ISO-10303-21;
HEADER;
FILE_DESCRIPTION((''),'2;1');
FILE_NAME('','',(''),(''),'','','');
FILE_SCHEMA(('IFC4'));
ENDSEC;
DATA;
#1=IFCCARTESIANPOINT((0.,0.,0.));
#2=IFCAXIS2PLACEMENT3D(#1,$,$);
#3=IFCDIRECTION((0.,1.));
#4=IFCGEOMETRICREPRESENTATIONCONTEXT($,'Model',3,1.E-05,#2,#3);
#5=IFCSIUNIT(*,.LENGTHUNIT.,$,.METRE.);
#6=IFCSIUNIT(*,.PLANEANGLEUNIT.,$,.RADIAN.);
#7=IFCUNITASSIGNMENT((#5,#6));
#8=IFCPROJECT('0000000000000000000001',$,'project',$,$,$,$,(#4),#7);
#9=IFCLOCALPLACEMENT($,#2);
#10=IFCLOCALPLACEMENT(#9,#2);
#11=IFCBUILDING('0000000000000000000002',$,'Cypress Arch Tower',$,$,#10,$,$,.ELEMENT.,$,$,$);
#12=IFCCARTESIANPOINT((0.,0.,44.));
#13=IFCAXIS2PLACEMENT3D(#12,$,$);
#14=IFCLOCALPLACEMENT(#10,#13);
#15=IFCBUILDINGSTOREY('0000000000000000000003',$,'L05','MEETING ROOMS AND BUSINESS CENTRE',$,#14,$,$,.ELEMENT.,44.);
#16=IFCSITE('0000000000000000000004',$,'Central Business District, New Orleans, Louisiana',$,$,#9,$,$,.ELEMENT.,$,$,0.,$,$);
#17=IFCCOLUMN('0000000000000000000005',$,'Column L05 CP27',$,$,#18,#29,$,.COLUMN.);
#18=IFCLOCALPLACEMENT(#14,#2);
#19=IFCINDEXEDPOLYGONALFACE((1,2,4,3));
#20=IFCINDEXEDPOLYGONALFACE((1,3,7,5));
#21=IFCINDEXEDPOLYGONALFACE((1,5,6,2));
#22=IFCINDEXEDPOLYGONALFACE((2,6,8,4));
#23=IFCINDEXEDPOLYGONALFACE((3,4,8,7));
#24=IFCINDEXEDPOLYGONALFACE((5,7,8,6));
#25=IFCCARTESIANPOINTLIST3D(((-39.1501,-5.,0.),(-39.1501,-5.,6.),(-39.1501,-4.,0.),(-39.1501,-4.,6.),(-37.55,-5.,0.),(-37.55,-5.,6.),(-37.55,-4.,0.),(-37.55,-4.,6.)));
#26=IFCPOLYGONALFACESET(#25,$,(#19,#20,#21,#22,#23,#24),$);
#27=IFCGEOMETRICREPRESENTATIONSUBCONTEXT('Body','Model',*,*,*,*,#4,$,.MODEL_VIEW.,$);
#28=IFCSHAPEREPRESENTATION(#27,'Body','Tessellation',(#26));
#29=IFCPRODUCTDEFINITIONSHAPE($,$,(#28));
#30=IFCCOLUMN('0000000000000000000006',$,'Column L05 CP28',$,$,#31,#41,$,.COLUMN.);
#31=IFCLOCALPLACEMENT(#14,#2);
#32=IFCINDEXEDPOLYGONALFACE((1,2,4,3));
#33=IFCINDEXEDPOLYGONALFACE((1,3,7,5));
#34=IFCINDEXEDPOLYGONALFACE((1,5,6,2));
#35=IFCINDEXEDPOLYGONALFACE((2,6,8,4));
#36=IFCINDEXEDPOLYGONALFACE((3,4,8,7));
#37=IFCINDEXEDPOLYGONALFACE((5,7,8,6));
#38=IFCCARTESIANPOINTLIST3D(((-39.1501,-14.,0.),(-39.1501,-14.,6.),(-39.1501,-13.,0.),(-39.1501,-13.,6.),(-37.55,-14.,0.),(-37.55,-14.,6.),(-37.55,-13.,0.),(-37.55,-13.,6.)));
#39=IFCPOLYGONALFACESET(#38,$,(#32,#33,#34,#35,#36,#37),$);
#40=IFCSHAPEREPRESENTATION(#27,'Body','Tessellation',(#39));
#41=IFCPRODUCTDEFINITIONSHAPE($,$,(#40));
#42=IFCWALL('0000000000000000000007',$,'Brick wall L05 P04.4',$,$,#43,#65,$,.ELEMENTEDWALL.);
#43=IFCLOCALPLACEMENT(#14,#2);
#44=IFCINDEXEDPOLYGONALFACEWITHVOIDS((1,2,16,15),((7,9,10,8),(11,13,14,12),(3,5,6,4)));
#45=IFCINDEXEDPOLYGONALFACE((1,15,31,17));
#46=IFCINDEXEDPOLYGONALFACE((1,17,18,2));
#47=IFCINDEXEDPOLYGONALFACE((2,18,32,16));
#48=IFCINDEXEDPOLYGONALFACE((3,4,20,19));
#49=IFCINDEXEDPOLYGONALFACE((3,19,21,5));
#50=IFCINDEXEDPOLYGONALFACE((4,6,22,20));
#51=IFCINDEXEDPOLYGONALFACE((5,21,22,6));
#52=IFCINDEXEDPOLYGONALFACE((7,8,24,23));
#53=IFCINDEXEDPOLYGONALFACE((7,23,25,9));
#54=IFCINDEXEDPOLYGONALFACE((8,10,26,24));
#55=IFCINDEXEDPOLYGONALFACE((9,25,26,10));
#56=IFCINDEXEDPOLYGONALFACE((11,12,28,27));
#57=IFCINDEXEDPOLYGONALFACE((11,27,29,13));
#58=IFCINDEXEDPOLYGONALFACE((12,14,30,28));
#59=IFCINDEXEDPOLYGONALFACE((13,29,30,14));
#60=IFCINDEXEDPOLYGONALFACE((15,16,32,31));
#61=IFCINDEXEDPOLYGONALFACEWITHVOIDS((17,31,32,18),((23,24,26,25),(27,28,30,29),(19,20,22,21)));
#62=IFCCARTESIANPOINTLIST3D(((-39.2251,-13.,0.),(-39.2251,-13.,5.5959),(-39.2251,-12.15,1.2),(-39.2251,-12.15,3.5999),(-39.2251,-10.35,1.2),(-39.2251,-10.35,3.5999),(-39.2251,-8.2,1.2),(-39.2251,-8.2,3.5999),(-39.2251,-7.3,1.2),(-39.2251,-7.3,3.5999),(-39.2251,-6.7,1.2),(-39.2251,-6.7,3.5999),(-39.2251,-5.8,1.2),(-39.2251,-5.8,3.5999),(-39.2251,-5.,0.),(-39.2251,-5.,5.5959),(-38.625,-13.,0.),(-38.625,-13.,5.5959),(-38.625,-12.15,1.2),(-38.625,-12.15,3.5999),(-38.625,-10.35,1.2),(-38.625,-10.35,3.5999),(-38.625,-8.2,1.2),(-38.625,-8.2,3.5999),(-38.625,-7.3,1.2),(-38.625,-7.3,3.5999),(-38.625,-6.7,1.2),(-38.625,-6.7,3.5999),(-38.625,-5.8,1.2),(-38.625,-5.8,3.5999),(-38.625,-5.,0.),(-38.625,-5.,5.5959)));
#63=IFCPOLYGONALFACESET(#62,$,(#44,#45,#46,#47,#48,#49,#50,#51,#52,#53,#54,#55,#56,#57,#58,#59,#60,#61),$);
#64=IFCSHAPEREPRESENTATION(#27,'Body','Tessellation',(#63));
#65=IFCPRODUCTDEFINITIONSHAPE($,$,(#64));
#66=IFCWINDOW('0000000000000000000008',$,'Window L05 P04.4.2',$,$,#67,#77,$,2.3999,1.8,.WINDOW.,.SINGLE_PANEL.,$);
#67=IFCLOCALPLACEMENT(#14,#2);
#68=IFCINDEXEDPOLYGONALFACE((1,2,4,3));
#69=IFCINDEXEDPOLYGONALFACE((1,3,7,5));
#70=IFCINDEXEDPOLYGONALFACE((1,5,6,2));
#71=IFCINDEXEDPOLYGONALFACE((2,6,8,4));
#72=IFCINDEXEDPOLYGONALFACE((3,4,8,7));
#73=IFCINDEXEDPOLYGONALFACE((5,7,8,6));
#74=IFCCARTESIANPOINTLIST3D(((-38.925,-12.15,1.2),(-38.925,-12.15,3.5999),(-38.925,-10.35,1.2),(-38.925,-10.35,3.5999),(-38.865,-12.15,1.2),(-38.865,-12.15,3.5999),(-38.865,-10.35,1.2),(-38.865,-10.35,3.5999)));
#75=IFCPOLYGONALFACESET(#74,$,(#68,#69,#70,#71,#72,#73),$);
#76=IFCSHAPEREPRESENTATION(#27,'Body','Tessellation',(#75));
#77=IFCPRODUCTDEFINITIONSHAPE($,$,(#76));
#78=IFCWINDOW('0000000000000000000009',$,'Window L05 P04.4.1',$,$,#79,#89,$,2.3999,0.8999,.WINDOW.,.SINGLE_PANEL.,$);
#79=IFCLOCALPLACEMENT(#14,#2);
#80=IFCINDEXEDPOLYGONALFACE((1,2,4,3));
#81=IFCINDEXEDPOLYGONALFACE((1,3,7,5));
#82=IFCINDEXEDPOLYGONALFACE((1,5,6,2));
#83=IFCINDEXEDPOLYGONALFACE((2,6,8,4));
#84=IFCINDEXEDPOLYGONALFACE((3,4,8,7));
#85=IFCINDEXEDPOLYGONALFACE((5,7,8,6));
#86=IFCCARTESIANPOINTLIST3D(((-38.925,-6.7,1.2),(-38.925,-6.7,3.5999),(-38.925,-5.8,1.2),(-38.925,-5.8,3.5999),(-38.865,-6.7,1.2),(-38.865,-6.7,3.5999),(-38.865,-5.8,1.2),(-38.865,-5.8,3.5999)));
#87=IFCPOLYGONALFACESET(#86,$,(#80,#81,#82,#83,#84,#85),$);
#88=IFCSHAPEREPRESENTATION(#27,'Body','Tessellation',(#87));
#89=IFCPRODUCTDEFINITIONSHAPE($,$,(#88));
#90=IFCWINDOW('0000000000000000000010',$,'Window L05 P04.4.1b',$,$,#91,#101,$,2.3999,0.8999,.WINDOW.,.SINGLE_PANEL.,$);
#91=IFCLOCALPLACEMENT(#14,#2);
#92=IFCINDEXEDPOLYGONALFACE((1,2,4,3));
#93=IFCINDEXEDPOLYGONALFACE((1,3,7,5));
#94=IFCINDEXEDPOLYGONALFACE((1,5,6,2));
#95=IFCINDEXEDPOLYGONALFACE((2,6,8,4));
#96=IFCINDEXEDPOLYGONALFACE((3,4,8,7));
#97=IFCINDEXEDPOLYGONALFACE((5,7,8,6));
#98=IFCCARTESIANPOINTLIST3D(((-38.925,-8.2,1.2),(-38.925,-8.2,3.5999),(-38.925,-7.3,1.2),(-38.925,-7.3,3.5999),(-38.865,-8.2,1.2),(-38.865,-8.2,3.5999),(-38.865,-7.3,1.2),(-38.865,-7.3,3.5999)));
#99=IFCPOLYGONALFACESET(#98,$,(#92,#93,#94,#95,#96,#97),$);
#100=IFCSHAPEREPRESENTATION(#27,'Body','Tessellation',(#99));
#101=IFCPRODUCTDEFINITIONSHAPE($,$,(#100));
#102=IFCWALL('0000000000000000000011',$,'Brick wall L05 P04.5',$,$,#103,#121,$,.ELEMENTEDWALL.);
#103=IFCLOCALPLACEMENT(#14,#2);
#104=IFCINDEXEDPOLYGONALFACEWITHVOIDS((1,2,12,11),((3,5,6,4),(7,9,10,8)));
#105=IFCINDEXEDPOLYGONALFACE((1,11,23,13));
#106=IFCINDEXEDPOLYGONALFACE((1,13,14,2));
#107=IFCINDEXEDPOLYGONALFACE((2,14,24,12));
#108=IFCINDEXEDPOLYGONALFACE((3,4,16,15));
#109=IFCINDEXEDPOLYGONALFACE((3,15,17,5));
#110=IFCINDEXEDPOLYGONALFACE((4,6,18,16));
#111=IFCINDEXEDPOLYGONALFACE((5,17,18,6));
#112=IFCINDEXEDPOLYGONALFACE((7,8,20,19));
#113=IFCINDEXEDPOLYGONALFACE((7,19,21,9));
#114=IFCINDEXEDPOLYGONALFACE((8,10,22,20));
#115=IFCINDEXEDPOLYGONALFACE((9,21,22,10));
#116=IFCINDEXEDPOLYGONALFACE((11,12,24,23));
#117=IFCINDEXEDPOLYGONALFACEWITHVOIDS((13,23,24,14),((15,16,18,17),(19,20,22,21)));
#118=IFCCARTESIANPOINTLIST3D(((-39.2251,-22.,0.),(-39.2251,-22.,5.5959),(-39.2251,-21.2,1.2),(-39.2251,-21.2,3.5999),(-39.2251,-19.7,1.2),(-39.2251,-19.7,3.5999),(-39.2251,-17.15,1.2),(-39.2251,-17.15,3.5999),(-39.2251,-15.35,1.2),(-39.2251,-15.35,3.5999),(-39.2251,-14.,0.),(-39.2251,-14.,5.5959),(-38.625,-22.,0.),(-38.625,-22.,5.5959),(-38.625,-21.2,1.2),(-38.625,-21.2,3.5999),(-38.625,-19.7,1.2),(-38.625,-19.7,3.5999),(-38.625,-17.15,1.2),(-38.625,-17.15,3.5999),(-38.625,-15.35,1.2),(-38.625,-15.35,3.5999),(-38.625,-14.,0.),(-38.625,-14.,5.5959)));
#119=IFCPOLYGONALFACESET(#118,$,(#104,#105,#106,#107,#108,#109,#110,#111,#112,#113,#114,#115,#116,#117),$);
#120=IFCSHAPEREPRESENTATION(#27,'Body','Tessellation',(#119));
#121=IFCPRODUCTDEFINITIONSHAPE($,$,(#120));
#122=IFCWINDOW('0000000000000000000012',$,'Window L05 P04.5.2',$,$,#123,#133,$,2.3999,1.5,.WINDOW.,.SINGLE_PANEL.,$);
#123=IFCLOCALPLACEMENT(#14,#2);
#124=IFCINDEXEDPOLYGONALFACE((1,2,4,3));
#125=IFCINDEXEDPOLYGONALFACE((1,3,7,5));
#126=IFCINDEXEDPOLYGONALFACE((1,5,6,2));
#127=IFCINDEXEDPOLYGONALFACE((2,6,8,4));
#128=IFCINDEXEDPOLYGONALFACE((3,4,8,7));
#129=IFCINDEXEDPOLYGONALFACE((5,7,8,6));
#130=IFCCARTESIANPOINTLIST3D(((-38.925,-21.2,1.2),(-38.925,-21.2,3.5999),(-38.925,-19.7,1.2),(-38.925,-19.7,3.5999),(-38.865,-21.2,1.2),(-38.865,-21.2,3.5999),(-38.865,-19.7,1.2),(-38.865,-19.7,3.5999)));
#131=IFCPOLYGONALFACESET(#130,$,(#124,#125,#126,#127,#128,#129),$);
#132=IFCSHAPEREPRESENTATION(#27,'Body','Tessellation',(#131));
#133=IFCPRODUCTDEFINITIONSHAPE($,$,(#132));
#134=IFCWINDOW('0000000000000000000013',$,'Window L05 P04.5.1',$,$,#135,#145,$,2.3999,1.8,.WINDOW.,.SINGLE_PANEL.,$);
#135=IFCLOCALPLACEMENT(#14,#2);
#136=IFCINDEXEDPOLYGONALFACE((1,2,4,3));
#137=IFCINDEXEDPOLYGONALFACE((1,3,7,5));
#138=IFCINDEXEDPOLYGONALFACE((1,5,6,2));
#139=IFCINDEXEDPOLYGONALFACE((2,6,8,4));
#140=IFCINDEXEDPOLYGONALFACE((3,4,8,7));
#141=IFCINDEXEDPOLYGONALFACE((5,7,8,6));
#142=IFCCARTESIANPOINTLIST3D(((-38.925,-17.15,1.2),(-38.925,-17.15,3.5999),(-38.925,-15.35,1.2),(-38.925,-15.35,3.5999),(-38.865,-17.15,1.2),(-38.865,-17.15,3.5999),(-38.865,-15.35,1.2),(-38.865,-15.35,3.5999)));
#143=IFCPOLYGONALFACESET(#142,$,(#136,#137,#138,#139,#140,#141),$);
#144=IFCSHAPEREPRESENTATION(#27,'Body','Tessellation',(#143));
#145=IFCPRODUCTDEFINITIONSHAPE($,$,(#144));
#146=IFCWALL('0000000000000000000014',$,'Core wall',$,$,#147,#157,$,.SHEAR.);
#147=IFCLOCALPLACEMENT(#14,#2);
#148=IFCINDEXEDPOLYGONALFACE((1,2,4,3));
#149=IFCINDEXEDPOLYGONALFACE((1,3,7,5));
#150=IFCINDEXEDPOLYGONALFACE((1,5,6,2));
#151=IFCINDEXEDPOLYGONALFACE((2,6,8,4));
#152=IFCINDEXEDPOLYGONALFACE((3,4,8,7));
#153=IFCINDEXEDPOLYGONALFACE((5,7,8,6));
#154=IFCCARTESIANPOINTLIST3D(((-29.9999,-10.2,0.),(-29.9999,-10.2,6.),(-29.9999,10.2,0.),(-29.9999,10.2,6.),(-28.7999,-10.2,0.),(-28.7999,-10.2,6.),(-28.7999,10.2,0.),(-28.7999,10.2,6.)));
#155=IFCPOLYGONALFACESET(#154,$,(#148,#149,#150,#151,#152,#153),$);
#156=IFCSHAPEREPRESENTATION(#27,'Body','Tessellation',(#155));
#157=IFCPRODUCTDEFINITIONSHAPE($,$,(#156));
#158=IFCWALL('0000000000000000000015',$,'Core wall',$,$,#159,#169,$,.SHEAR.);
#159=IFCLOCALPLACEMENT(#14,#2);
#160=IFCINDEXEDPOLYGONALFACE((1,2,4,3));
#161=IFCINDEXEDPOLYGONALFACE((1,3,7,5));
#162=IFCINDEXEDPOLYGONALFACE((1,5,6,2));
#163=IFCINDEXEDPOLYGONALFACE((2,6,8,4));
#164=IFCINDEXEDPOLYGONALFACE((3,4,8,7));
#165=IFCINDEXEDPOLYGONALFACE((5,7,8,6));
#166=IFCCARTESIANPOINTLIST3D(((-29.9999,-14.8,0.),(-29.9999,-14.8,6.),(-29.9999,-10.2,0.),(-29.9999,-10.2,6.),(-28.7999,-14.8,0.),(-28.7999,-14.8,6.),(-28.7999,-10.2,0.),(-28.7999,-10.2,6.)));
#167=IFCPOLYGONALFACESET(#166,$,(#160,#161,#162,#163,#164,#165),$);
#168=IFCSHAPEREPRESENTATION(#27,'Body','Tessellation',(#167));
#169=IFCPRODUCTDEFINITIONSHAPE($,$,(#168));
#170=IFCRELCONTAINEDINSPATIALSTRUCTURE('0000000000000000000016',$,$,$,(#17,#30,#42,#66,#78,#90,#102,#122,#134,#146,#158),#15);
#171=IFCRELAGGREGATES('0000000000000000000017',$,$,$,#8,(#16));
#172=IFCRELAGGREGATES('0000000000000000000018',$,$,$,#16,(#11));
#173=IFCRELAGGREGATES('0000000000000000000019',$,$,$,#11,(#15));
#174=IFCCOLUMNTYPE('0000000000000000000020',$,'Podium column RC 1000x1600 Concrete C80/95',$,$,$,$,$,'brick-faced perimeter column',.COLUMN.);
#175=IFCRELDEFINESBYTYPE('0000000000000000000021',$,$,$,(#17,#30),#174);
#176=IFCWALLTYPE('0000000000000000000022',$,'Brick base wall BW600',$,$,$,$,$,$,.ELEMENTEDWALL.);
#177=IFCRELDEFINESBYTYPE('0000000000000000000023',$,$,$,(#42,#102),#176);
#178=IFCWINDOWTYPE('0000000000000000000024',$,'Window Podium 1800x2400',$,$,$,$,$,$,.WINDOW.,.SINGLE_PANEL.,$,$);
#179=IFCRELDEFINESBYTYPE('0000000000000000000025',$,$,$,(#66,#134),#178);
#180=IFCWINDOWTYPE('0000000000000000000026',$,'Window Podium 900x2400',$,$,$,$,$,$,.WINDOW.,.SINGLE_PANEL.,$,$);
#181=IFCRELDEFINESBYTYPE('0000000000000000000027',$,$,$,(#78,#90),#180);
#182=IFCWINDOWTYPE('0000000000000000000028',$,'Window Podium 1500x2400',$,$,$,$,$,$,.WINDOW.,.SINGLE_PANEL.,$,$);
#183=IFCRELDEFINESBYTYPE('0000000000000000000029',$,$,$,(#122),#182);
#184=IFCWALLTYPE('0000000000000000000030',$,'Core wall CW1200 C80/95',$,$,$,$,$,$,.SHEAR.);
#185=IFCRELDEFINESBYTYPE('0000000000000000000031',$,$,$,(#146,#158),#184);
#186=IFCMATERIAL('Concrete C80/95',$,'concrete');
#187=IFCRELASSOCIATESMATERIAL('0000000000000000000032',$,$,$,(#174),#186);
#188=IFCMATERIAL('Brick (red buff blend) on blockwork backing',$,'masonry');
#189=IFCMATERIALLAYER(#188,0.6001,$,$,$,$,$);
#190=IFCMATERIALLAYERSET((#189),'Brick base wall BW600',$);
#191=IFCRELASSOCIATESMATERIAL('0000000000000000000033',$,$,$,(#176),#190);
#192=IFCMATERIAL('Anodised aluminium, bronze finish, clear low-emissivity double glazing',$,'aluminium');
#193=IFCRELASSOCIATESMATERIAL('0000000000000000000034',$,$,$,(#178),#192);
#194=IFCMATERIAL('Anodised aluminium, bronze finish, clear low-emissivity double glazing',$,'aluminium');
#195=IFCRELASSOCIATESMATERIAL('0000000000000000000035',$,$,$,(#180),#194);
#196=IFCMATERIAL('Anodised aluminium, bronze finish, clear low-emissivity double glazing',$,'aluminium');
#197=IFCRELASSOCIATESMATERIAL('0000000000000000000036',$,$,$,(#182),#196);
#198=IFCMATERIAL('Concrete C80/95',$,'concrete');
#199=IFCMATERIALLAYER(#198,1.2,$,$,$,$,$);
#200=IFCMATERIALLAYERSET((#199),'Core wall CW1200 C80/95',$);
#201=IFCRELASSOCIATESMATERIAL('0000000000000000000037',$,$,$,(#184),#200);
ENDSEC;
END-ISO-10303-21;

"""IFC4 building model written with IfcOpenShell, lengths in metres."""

from ifc_helpers import new_model, si_unit, direction, frame, frame_2d, origin, origin_2d, place, context, subcontext, project, spatial, rectangle, extrude, material, layer, layer_set, material_profile, profile_set, type_object, element, fill, save


model = new_model("IFC4")

# Units and contexts
model_context = context("Model", 3, precision=1e-05, world=origin(), true_north=direction((0.0, 1.0)))
body_context = subcontext(model_context, "Body", "Model", "MODEL_VIEW")
ifc_project = project(units=[si_unit("LENGTHUNIT", "METRE"), si_unit("PLANEANGLEUNIT", "RADIAN")], contexts=[model_context])

# Site, building, storey
site_placement = place(None, origin())
site = spatial("IfcSite", under=ifc_project, at=site_placement, Name="Central Business District, New Orleans, Louisiana", CompositionType="ELEMENT", RefElevation=0.0)
building_placement = place(site_placement, origin())
building = spatial("IfcBuilding", under=site, at=building_placement, Name="Cypress Arch Tower", CompositionType="ELEMENT")
storey_placement = place(building_placement, frame((0.0, 0.0, 44.0)))
storey = spatial("IfcBuildingStorey", under=building, at=storey_placement, Name="L05", Description="MEETING ROOMS AND BUSINESS CENTRE", CompositionType="ELEMENT", Elevation=44.0)

# Columns
ifc_material_1 = material(Name="Concrete C80/95", Category="concrete")
ifc_material_profile = material_profile(ifc_material_1, rectangle(XDim=1.0, YDim=1.6001, at=origin_2d()), Name="RC 1000x1600")
ifc_profile_set = profile_set([ifc_material_profile], Name="Concrete C80/95")
column_type = type_object("IfcColumnType", Name="Podium column RC 1000x1600 Concrete C80/95", ElementType="brick-faced perimeter column", PredefinedType="COLUMN", material=ifc_profile_set)
for number, where, z_axis, x_axis, name in (
    (1, (-38.3501, -4.5, 0.0), (0.0, 0.0, 1.0), (0.0, -1.0, 0.0), "Column L05 CP27"),
    (2, (-38.3501, -13.5, 0.0), (0.0, 0.0, 1.0), (0.0, -1.0, 0.0), "Column L05 CP28"),
):
    element("IfcColumn", number, at=place(storey_placement, frame(where, z_axis=z_axis, x_axis=x_axis)), inside=storey, type_object=column_type, Name=name, PredefinedType="COLUMN", context=body_context, shape_type="SweptSolid", body=[
        extrude(rectangle(XDim=1.0, YDim=1.6001, at=origin_2d()), origin(), (0.0, 0.0, 1.0), 6.0),
    ])

# Walls, openings, windows
ifc_material_2 = material(Name="Brick (red buff blend) on blockwork backing", Category="masonry")
ifc_layer_1 = layer(ifc_material_2, 0.6001)
ifc_layer_set_1 = layer_set([ifc_layer_1], Name="Brick base wall BW600")
wall_type_1 = type_object("IfcWallType", Name="Brick base wall BW600", PredefinedType="ELEMENTEDWALL", material=ifc_layer_set_1)
wall_1_placement = place(storey_placement, frame((-38.925, -5.0, 0.0), z_axis=(0.0, 0.0, 1.0), x_axis=(0.0, -1.0, 0.0)))
wall_1 = element("IfcWall", 3, at=wall_1_placement, inside=storey, type_object=wall_type_1, Name="Brick wall L05 P04.4", PredefinedType="ELEMENTEDWALL", context=body_context, shape_type="SweptSolid", body=[
    extrude(rectangle(XDim=8.0, YDim=0.6001, at=frame_2d((4.0, 0.0))), origin(), (0.0, 0.0, 1.0), 5.5959),
])
opening_1_placement = place(wall_1_placement, frame((0.8, 0.0, 1.2)))
opening_1 = element("IfcOpeningElement", 4, at=opening_1_placement, cuts=wall_1, PredefinedType="OPENING", context=body_context, shape_type="SweptSolid", body=[
    extrude(rectangle(XDim=0.8999, YDim=2.3999, at=frame_2d((0.45, 1.2))), frame((0.0, 0.3101, 0.0), z_axis=(0.0, -1.0, 0.0), x_axis=(1.0, 0.0, 0.0)), (0.0, 0.0, 1.0), 0.6201),
])
opening_2_placement = place(wall_1_placement, frame((2.3, 0.0, 1.2)))
opening_2 = element("IfcOpeningElement", 5, at=opening_2_placement, cuts=wall_1, PredefinedType="OPENING", context=body_context, shape_type="SweptSolid", body=[
    extrude(rectangle(XDim=0.8999, YDim=2.3999, at=frame_2d((0.45, 1.2))), frame((0.0, 0.3101, 0.0), z_axis=(0.0, -1.0, 0.0), x_axis=(1.0, 0.0, 0.0)), (0.0, 0.0, 1.0), 0.6201),
])
opening_3_placement = place(wall_1_placement, frame((5.3501, 0.0, 1.2)))
opening_3 = element("IfcOpeningElement", 6, at=opening_3_placement, cuts=wall_1, PredefinedType="OPENING", context=body_context, shape_type="SweptSolid", body=[
    extrude(rectangle(XDim=1.8, YDim=2.3999, at=frame_2d((0.8999, 1.2))), frame((0.0, 0.3101, 0.0), z_axis=(0.0, -1.0, 0.0), x_axis=(1.0, 0.0, 0.0)), (0.0, 0.0, 1.0), 0.6201),
])
ifc_material_3 = material(Name="Anodised aluminium, bronze finish, clear low-emissivity double glazing", Category="aluminium")
window_type_1 = type_object("IfcWindowType", Name="Window Podium 1800x2400", PartitioningType="SINGLE_PANEL", PredefinedType="WINDOW", material=ifc_material_3)
window_1_placement = place(opening_3_placement, origin())
window_1 = element("IfcWindow", 7, at=window_1_placement, inside=storey, type_object=window_type_1, Name="Window L05 P04.4.2", OverallHeight=2.3999, OverallWidth=1.8, PartitioningType="SINGLE_PANEL", PredefinedType="WINDOW", context=body_context, shape_type="SweptSolid", body=[
    extrude(rectangle(XDim=1.8, YDim=2.3999, at=frame_2d((0.8999, 1.2))), frame((0.0, 0.0601, 0.0), z_axis=(0.0, -1.0, 0.0), x_axis=(1.0, 0.0, 0.0)), (0.0, 0.0, 1.0), 0.0601),
])
fill(opening_3, window_1)
ifc_material_4 = material(Name="Anodised aluminium, bronze finish, clear low-emissivity double glazing", Category="aluminium")
window_type_2 = type_object("IfcWindowType", Name="Window Podium 900x2400", PartitioningType="SINGLE_PANEL", PredefinedType="WINDOW", material=ifc_material_4)
window_2_placement = place(opening_1_placement, origin())
window_2 = element("IfcWindow", 8, at=window_2_placement, inside=storey, type_object=window_type_2, Name="Window L05 P04.4.1", OverallHeight=2.3999, OverallWidth=0.8999, PartitioningType="SINGLE_PANEL", PredefinedType="WINDOW", context=body_context, shape_type="SweptSolid", body=[
    extrude(rectangle(XDim=0.8999, YDim=2.3999, at=frame_2d((0.45, 1.2))), frame((0.0, 0.0601, 0.0), z_axis=(0.0, -1.0, 0.0), x_axis=(1.0, 0.0, 0.0)), (0.0, 0.0, 1.0), 0.0601),
])
fill(opening_1, window_2)
window_3_placement = place(opening_2_placement, origin())
window_3 = element("IfcWindow", 9, at=window_3_placement, inside=storey, type_object=window_type_2, Name="Window L05 P04.4.1b", OverallHeight=2.3999, OverallWidth=0.8999, PartitioningType="SINGLE_PANEL", PredefinedType="WINDOW", context=body_context, shape_type="SweptSolid", body=[
    extrude(rectangle(XDim=0.8999, YDim=2.3999, at=frame_2d((0.45, 1.2))), frame((0.0, 0.0601, 0.0), z_axis=(0.0, -1.0, 0.0), x_axis=(1.0, 0.0, 0.0)), (0.0, 0.0, 1.0), 0.0601),
])
fill(opening_2, window_3)
wall_2_placement = place(storey_placement, frame((-38.925, -14.0, 0.0), z_axis=(0.0, 0.0, 1.0), x_axis=(0.0, -1.0, 0.0)))
wall_2 = element("IfcWall", 10, at=wall_2_placement, inside=storey, type_object=wall_type_1, Name="Brick wall L05 P04.5", PredefinedType="ELEMENTEDWALL", context=body_context, shape_type="SweptSolid", body=[
    extrude(rectangle(XDim=8.0, YDim=0.6001, at=frame_2d((4.0, 0.0))), origin(), (0.0, 0.0, 1.0), 5.5959),
])
opening_4_placement = place(wall_2_placement, frame((1.3501, 0.0, 1.2)))
opening_4 = element("IfcOpeningElement", 11, at=opening_4_placement, cuts=wall_2, PredefinedType="OPENING", context=body_context, shape_type="SweptSolid", body=[
    extrude(rectangle(XDim=1.8, YDim=2.3999, at=frame_2d((0.8999, 1.2))), frame((0.0, 0.3101, 0.0), z_axis=(0.0, -1.0, 0.0), x_axis=(1.0, 0.0, 0.0)), (0.0, 0.0, 1.0), 0.6201),
])
opening_5_placement = place(wall_2_placement, frame((5.7, 0.0, 1.2)))
opening_5 = element("IfcOpeningElement", 12, at=opening_5_placement, cuts=wall_2, PredefinedType="OPENING", context=body_context, shape_type="SweptSolid", body=[
    extrude(rectangle(XDim=1.5, YDim=2.3999, at=frame_2d((0.75, 1.2))), frame((0.0, 0.3101, 0.0), z_axis=(0.0, -1.0, 0.0), x_axis=(1.0, 0.0, 0.0)), (0.0, 0.0, 1.0), 0.6201),
])
ifc_material_5 = material(Name="Anodised aluminium, bronze finish, clear low-emissivity double glazing", Category="aluminium")
window_type_3 = type_object("IfcWindowType", Name="Window Podium 1500x2400", PartitioningType="SINGLE_PANEL", PredefinedType="WINDOW", material=ifc_material_5)
window_4_placement = place(opening_5_placement, origin())
window_4 = element("IfcWindow", 13, at=window_4_placement, inside=storey, type_object=window_type_3, Name="Window L05 P04.5.2", OverallHeight=2.3999, OverallWidth=1.5, PartitioningType="SINGLE_PANEL", PredefinedType="WINDOW", context=body_context, shape_type="SweptSolid", body=[
    extrude(rectangle(XDim=1.5, YDim=2.3999, at=frame_2d((0.75, 1.2))), frame((0.0, 0.0601, 0.0), z_axis=(0.0, -1.0, 0.0), x_axis=(1.0, 0.0, 0.0)), (0.0, 0.0, 1.0), 0.0601),
])
fill(opening_5, window_4)
window_5_placement = place(opening_4_placement, origin())
window_5 = element("IfcWindow", 14, at=window_5_placement, inside=storey, type_object=window_type_1, Name="Window L05 P04.5.1", OverallHeight=2.3999, OverallWidth=1.8, PartitioningType="SINGLE_PANEL", PredefinedType="WINDOW", context=body_context, shape_type="SweptSolid", body=[
    extrude(rectangle(XDim=1.8, YDim=2.3999, at=frame_2d((0.8999, 1.2))), frame((0.0, 0.0601, 0.0), z_axis=(0.0, -1.0, 0.0), x_axis=(1.0, 0.0, 0.0)), (0.0, 0.0, 1.0), 0.0601),
])
fill(opening_4, window_5)

# Walls
ifc_material_6 = material(Name="Concrete C80/95", Category="concrete")
ifc_layer_2 = layer(ifc_material_6, 1.2)
ifc_layer_set_2 = layer_set([ifc_layer_2], Name="Core wall CW1200 C80/95")
wall_type_2 = type_object("IfcWallType", Name="Core wall CW1200 C80/95", PredefinedType="SHEAR", material=ifc_layer_set_2)
wall_3_placement = place(storey_placement, frame((-29.3999, -10.2, 0.0), z_axis=(0.0, 0.0, 1.0), x_axis=(0.0, 1.0, 0.0)))
element("IfcWall", 15, at=wall_3_placement, inside=storey, type_object=wall_type_2, Name="Core wall", PredefinedType="SHEAR", context=body_context, shape_type="SweptSolid", body=[
    extrude(rectangle(XDim=20.3999, YDim=1.2, at=frame_2d((10.2, 0.0))), origin(), (0.0, 0.0, 1.0), 6.0),
])
wall_4_placement = place(storey_placement, frame((-29.3999, -14.8, 0.0), z_axis=(0.0, 0.0, 1.0), x_axis=(0.0, 1.0, 0.0)))
element("IfcWall", 16, at=wall_4_placement, inside=storey, type_object=wall_type_2, Name="Core wall", PredefinedType="SHEAR", context=body_context, shape_type="SweptSolid", body=[
    extrude(rectangle(XDim=4.6001, YDim=1.2, at=frame_2d((2.3, 0.0))), origin(), (0.0, 0.0, 1.0), 6.0),
])

save(model, "model.ifc")
